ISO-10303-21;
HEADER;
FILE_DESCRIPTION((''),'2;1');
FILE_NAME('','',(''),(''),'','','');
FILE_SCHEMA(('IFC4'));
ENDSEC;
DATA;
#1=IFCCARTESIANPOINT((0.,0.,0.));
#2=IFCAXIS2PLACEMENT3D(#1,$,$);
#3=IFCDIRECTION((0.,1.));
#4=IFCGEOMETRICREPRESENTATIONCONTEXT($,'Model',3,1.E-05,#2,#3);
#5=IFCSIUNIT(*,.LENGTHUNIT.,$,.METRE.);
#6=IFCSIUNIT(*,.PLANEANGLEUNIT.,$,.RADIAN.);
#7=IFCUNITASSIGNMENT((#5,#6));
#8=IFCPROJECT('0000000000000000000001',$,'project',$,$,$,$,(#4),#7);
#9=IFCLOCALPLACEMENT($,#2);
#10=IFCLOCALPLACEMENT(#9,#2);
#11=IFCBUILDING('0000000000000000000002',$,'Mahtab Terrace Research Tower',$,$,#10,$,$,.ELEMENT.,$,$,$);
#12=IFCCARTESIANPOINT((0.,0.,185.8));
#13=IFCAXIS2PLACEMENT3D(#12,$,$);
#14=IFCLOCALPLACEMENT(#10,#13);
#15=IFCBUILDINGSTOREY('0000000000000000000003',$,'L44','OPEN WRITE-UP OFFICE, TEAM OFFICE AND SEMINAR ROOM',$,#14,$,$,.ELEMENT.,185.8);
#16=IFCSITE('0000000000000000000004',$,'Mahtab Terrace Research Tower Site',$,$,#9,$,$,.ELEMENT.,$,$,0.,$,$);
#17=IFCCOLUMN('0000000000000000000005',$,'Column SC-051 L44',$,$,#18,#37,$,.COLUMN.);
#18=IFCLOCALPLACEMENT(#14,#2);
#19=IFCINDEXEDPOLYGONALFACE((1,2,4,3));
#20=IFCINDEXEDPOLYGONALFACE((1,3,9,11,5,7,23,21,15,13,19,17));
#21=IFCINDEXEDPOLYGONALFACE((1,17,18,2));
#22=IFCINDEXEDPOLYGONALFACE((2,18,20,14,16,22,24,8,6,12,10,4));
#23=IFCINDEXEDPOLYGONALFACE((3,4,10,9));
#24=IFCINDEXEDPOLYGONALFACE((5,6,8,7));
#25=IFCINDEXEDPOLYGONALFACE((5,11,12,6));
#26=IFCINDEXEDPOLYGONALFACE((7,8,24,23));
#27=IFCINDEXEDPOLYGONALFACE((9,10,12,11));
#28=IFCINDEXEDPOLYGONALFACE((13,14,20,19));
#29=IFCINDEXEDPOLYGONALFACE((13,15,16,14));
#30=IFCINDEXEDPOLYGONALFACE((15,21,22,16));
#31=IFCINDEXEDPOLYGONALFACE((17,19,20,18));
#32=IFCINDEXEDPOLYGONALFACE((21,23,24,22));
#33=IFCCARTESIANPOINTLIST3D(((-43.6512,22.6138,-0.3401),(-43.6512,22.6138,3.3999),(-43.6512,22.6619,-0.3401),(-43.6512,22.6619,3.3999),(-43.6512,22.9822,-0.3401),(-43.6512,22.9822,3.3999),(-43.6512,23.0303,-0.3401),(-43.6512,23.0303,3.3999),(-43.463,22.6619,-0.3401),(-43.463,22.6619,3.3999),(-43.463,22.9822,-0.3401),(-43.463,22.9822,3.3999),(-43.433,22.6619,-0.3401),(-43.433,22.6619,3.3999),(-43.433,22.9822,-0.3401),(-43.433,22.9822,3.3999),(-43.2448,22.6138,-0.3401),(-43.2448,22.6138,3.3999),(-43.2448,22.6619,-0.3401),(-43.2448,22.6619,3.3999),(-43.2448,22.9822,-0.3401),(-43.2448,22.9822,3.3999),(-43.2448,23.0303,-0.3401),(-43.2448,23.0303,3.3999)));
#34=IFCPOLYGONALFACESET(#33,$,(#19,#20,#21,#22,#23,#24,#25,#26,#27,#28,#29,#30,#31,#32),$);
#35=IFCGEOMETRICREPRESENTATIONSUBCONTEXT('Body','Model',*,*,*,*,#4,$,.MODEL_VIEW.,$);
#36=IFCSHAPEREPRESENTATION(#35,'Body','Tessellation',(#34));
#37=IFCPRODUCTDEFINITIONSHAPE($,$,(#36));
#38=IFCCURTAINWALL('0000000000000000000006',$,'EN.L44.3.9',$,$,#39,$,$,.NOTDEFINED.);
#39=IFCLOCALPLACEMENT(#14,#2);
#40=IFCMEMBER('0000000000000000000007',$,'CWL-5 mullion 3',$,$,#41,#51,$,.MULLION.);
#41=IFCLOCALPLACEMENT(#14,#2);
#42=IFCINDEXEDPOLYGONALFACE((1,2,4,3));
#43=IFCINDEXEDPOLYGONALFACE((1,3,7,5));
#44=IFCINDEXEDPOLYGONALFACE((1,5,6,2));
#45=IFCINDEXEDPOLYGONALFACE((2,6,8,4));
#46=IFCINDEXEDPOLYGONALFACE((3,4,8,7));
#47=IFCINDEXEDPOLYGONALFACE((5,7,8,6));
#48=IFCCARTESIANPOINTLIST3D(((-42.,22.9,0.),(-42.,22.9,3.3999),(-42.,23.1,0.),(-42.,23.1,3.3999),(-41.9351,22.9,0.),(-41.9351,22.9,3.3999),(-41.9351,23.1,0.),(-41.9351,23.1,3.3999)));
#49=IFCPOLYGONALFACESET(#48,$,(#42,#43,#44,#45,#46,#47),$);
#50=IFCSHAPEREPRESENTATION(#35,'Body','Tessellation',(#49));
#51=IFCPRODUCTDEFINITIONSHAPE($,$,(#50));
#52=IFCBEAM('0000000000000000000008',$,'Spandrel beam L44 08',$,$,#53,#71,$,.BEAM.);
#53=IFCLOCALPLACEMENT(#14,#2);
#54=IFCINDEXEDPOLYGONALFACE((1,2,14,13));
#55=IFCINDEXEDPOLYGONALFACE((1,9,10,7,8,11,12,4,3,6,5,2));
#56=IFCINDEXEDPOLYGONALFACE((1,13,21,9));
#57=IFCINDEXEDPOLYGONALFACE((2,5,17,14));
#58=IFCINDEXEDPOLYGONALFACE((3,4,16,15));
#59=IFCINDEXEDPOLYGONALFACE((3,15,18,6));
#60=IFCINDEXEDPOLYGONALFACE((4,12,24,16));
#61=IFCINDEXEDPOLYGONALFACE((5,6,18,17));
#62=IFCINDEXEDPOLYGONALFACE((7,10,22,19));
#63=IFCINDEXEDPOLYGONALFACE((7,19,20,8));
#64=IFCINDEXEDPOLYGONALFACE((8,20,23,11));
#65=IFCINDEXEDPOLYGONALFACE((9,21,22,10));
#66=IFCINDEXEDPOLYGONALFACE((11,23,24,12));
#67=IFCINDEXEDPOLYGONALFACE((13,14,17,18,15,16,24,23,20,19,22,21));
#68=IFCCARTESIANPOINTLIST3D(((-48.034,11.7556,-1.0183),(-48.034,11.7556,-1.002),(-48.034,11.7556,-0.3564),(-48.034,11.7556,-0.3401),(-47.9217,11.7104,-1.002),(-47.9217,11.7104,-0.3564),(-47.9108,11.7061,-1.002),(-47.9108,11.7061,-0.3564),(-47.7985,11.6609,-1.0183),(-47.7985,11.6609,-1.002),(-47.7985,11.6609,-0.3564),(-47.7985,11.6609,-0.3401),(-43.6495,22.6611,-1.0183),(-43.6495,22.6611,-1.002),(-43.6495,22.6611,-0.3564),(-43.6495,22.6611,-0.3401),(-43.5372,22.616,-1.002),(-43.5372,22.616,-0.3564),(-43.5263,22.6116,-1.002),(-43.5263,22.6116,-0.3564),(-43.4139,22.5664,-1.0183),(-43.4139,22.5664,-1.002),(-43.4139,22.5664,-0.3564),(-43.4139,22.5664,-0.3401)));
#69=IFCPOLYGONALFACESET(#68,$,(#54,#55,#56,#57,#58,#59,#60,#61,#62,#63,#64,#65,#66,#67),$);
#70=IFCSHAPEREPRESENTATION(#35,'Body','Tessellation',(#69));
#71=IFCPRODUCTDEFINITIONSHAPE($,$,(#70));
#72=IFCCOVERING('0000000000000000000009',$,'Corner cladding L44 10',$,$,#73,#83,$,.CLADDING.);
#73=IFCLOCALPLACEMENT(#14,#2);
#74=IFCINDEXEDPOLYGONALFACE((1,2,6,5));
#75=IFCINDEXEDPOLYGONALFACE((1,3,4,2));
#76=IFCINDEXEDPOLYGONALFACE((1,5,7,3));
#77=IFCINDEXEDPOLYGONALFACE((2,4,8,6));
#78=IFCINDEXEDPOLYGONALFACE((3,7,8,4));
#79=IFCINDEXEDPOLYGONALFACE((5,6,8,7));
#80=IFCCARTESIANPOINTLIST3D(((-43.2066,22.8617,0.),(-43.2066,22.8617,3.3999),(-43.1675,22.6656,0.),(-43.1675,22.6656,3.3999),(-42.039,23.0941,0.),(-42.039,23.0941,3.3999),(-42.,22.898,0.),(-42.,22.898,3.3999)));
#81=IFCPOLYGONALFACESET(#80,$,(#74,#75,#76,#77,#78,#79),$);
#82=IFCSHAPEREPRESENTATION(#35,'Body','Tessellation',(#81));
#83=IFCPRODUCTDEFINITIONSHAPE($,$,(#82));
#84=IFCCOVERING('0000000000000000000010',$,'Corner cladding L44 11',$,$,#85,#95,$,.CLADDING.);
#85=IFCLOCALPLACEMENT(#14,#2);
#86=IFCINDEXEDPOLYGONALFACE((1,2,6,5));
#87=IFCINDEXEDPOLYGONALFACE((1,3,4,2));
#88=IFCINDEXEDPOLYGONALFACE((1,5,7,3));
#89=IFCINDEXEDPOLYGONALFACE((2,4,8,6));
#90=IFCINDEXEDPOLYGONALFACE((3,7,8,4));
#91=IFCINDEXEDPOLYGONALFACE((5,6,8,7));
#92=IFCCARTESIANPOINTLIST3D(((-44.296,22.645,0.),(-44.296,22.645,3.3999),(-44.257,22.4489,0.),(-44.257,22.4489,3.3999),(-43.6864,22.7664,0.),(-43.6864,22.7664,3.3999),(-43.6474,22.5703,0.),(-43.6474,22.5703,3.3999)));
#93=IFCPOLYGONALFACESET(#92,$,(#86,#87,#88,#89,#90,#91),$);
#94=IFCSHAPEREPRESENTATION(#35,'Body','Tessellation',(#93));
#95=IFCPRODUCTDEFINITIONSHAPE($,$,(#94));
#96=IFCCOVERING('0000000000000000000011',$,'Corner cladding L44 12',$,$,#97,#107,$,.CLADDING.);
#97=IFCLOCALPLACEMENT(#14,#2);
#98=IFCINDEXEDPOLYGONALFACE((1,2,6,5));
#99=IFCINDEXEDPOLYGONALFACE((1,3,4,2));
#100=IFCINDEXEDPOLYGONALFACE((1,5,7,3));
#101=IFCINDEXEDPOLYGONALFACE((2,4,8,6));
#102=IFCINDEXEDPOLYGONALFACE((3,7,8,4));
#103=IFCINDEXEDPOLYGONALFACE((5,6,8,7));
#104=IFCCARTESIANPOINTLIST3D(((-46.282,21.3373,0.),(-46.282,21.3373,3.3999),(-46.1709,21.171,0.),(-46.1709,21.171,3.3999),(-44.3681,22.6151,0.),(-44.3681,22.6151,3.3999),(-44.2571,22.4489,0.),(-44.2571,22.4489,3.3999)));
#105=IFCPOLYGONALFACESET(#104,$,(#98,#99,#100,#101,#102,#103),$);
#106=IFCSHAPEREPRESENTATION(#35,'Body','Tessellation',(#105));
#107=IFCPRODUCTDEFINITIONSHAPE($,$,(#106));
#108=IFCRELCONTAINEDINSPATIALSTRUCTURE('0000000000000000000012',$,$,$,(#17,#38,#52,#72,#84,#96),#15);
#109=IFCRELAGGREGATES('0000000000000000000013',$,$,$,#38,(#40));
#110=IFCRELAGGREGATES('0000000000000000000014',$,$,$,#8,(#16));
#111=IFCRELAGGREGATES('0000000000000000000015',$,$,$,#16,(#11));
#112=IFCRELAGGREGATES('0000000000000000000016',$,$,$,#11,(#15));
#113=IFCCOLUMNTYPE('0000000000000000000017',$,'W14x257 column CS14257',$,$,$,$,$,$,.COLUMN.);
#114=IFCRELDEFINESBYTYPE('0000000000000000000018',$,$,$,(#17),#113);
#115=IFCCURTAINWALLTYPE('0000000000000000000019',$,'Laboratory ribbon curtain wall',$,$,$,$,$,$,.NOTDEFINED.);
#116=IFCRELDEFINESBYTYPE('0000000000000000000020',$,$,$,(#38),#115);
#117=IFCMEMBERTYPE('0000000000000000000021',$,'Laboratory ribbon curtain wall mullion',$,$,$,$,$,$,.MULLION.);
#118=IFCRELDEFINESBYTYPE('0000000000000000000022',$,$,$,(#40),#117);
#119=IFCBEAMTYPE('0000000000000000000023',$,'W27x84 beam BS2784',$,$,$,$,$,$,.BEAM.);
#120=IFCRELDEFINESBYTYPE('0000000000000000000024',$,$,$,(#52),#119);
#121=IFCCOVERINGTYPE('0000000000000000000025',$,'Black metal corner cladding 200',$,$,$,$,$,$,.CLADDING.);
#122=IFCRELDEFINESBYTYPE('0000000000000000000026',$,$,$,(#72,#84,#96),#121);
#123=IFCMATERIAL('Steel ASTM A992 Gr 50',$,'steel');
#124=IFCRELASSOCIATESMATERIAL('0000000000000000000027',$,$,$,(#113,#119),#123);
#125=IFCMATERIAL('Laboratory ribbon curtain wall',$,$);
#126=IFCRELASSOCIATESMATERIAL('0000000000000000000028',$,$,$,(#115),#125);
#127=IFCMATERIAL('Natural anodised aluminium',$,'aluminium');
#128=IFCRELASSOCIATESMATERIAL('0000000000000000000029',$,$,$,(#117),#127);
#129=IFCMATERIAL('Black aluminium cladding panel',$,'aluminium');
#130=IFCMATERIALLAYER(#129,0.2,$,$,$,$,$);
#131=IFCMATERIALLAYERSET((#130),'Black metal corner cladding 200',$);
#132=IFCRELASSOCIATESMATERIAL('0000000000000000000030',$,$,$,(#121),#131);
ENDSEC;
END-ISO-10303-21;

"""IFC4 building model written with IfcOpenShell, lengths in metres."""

from ifc_helpers import new_model, si_unit, direction, frame, origin, origin_2d, place, context, subcontext, project, spatial, rectangle, i_section, extrude, material, layer, layer_set, material_profile, profile_set, type_object, element, aggregate, save


model = new_model("IFC4")

# Units and contexts
model_context = context("Model", 3, precision=1e-05, world=origin(), true_north=direction((0.0, 1.0)))
body_context = subcontext(model_context, "Body", "Model", "MODEL_VIEW")
ifc_project = project(units=[si_unit("LENGTHUNIT", "METRE"), si_unit("PLANEANGLEUNIT", "RADIAN")], contexts=[model_context])

# Site, building, storey
site_placement = place(None, origin())
site = spatial("IfcSite", under=ifc_project, at=site_placement, Name="Mahtab Terrace Research Tower Site", CompositionType="ELEMENT", RefElevation=0.0)
building_placement = place(site_placement, origin())
building = spatial("IfcBuilding", under=site, at=building_placement, Name="Mahtab Terrace Research Tower", CompositionType="ELEMENT")
storey_placement = place(building_placement, frame((0.0, 0.0, 185.8)))
storey = spatial("IfcBuildingStorey", under=building, at=storey_placement, Name="L44", Description="OPEN WRITE-UP OFFICE, TEAM OFFICE AND SEMINAR ROOM", CompositionType="ELEMENT", Elevation=185.8)

# Column
ifc_material_1 = material(Name="Steel ASTM A992 Gr 50", Category="steel")
ifc_material_profile_1 = material_profile(ifc_material_1, i_section(OverallWidth=0.4065, OverallDepth=0.4165, WebThickness=0.03, FlangeThickness=0.0481, at=origin_2d()), Name="W14X257")
ifc_profile_set_1 = profile_set([ifc_material_profile_1], Name="Steel ASTM A992 Gr 50")
column_type = type_object("IfcColumnType", Name="W14x257 column CS14257", PredefinedType="COLUMN", material=ifc_profile_set_1)
column_placement = place(storey_placement, frame((-43.448, 22.822, -0.3401), z_axis=(0.0, 0.0, 1.0), x_axis=(1.0, 0.0, 0.0)))
element("IfcColumn", 1, at=column_placement, inside=storey, type_object=column_type, Name="Column SC-051 L44", PredefinedType="COLUMN", context=body_context, shape_type="SweptSolid", body=[
    extrude(i_section(OverallWidth=0.4065, OverallDepth=0.4165, WebThickness=0.03, FlangeThickness=0.0481, at=origin_2d()), origin(), (0.0, 0.0, 1.0), 3.74),
])

# Curtain wall, member
ifc_material_2 = material(Name="Laboratory ribbon curtain wall")
curtain_wall_type = type_object("IfcCurtainWallType", Name="Laboratory ribbon curtain wall", PredefinedType="NOTDEFINED", material=ifc_material_2)
curtain_wall_placement = place(storey_placement, origin())
curtain_wall = element("IfcCurtainWall", 2, at=curtain_wall_placement, inside=storey, type_object=curtain_wall_type, Name="EN.L44.3.9", PredefinedType="NOTDEFINED")
ifc_material_3 = material(Name="Natural anodised aluminium", Category="aluminium")
ifc_material_profile_2 = material_profile(ifc_material_3, rectangle(XDim=0.2, YDim=0.0649, at=origin_2d()), Name="MULLION 65x200")
ifc_profile_set_2 = profile_set([ifc_material_profile_2], Name="Natural anodised aluminium")
member_type = type_object("IfcMemberType", Name="Laboratory ribbon curtain wall mullion", PredefinedType="MULLION", material=ifc_profile_set_2)
member_placement = place(storey_placement, frame((-41.9675, 23.0, 0.0), z_axis=(0.0, 0.0, 1.0), x_axis=(0.0, -1.0, 0.0)))
member = element("IfcMember", 3, at=member_placement, type_object=member_type, Name="CWL-5 mullion 3", PredefinedType="MULLION", context=body_context, shape_type="SweptSolid", body=[
    extrude(rectangle(XDim=0.2, YDim=0.0649, at=origin_2d()), origin(), (0.0, 0.0, 1.0), 3.3999),
])
aggregate(curtain_wall, [member])

# Beam
ifc_material_profile_3 = material_profile(ifc_material_1, i_section(OverallWidth=0.2539, OverallDepth=0.6782, WebThickness=0.0117, FlangeThickness=0.0164, at=origin_2d()), Name="W27X84")
ifc_profile_set_3 = profile_set([ifc_material_profile_3], Name="Steel ASTM A992 Gr 50")
beam_type = type_object("IfcBeamType", Name="W27x84 beam BS2784", PredefinedType="BEAM", material=ifc_profile_set_3)
beam_placement = place(storey_placement, frame((-43.5317, 22.6138, -0.6792), z_axis=(-0.373027, -0.927821, 0.0), x_axis=(0.927821, -0.373027, 0.0)))
element("IfcBeam", 4, at=beam_placement, inside=storey, type_object=beam_type, Name="Spandrel beam L44 08", PredefinedType="BEAM", context=body_context, shape_type="SweptSolid", body=[
    extrude(i_section(OverallWidth=0.2539, OverallDepth=0.6782, WebThickness=0.0117, FlangeThickness=0.0164, at=origin_2d()), origin(), (0.0, 0.0, 1.0), 11.7539),
])

# Coverings
ifc_material_4 = material(Name="Black aluminium cladding panel", Category="aluminium")
ifc_layer = layer(ifc_material_4, 0.2)
ifc_layer_set = layer_set([ifc_layer], Name="Black metal corner cladding 200")
covering_type = type_object("IfcCoveringType", Name="Black metal corner cladding 200", PredefinedType="CLADDING", material=ifc_layer_set)
covering_1_placement = place(storey_placement, frame((-42.6033, 22.8799, 0.0), z_axis=(0.0, 0.0, 1.0), x_axis=(-0.980761, -0.195212, 0.0)))
element("IfcCovering", 5, at=covering_1_placement, inside=storey, type_object=covering_type, Name="Corner cladding L44 10", PredefinedType="CLADDING", context=body_context, shape_type="SweptSolid", body=[
    extrude(rectangle(XDim=1.1904, YDim=0.2, at=origin_2d()), origin(), (0.0, 0.0, 1.0), 3.3999),
])
covering_2_placement = place(storey_placement, frame((-43.9717, 22.6077, 0.0), z_axis=(0.0, 0.0, 1.0), x_axis=(-0.980761, -0.195212, 0.0)))
element("IfcCovering", 6, at=covering_2_placement, inside=storey, type_object=covering_type, Name="Corner cladding L44 11", PredefinedType="CLADDING", context=body_context, shape_type="SweptSolid", body=[
    extrude(rectangle(XDim=0.6216, YDim=0.2, at=origin_2d()), origin(), (0.0, 0.0, 1.0), 3.3999),
])
covering_3_placement = place(storey_placement, frame((-45.2695, 21.8931, 0.0), z_axis=(0.0, 0.0, 1.0), x_axis=(-0.831656, -0.555291, 0.0)))
element("IfcCovering", 7, at=covering_3_placement, inside=storey, type_object=covering_type, Name="Corner cladding L44 12", PredefinedType="CLADDING", context=body_context, shape_type="SweptSolid", body=[
    extrude(rectangle(XDim=2.3013, YDim=0.2, at=origin_2d()), origin(), (0.0, 0.0, 1.0), 3.3999),
])

save(model, "model.ifc")
